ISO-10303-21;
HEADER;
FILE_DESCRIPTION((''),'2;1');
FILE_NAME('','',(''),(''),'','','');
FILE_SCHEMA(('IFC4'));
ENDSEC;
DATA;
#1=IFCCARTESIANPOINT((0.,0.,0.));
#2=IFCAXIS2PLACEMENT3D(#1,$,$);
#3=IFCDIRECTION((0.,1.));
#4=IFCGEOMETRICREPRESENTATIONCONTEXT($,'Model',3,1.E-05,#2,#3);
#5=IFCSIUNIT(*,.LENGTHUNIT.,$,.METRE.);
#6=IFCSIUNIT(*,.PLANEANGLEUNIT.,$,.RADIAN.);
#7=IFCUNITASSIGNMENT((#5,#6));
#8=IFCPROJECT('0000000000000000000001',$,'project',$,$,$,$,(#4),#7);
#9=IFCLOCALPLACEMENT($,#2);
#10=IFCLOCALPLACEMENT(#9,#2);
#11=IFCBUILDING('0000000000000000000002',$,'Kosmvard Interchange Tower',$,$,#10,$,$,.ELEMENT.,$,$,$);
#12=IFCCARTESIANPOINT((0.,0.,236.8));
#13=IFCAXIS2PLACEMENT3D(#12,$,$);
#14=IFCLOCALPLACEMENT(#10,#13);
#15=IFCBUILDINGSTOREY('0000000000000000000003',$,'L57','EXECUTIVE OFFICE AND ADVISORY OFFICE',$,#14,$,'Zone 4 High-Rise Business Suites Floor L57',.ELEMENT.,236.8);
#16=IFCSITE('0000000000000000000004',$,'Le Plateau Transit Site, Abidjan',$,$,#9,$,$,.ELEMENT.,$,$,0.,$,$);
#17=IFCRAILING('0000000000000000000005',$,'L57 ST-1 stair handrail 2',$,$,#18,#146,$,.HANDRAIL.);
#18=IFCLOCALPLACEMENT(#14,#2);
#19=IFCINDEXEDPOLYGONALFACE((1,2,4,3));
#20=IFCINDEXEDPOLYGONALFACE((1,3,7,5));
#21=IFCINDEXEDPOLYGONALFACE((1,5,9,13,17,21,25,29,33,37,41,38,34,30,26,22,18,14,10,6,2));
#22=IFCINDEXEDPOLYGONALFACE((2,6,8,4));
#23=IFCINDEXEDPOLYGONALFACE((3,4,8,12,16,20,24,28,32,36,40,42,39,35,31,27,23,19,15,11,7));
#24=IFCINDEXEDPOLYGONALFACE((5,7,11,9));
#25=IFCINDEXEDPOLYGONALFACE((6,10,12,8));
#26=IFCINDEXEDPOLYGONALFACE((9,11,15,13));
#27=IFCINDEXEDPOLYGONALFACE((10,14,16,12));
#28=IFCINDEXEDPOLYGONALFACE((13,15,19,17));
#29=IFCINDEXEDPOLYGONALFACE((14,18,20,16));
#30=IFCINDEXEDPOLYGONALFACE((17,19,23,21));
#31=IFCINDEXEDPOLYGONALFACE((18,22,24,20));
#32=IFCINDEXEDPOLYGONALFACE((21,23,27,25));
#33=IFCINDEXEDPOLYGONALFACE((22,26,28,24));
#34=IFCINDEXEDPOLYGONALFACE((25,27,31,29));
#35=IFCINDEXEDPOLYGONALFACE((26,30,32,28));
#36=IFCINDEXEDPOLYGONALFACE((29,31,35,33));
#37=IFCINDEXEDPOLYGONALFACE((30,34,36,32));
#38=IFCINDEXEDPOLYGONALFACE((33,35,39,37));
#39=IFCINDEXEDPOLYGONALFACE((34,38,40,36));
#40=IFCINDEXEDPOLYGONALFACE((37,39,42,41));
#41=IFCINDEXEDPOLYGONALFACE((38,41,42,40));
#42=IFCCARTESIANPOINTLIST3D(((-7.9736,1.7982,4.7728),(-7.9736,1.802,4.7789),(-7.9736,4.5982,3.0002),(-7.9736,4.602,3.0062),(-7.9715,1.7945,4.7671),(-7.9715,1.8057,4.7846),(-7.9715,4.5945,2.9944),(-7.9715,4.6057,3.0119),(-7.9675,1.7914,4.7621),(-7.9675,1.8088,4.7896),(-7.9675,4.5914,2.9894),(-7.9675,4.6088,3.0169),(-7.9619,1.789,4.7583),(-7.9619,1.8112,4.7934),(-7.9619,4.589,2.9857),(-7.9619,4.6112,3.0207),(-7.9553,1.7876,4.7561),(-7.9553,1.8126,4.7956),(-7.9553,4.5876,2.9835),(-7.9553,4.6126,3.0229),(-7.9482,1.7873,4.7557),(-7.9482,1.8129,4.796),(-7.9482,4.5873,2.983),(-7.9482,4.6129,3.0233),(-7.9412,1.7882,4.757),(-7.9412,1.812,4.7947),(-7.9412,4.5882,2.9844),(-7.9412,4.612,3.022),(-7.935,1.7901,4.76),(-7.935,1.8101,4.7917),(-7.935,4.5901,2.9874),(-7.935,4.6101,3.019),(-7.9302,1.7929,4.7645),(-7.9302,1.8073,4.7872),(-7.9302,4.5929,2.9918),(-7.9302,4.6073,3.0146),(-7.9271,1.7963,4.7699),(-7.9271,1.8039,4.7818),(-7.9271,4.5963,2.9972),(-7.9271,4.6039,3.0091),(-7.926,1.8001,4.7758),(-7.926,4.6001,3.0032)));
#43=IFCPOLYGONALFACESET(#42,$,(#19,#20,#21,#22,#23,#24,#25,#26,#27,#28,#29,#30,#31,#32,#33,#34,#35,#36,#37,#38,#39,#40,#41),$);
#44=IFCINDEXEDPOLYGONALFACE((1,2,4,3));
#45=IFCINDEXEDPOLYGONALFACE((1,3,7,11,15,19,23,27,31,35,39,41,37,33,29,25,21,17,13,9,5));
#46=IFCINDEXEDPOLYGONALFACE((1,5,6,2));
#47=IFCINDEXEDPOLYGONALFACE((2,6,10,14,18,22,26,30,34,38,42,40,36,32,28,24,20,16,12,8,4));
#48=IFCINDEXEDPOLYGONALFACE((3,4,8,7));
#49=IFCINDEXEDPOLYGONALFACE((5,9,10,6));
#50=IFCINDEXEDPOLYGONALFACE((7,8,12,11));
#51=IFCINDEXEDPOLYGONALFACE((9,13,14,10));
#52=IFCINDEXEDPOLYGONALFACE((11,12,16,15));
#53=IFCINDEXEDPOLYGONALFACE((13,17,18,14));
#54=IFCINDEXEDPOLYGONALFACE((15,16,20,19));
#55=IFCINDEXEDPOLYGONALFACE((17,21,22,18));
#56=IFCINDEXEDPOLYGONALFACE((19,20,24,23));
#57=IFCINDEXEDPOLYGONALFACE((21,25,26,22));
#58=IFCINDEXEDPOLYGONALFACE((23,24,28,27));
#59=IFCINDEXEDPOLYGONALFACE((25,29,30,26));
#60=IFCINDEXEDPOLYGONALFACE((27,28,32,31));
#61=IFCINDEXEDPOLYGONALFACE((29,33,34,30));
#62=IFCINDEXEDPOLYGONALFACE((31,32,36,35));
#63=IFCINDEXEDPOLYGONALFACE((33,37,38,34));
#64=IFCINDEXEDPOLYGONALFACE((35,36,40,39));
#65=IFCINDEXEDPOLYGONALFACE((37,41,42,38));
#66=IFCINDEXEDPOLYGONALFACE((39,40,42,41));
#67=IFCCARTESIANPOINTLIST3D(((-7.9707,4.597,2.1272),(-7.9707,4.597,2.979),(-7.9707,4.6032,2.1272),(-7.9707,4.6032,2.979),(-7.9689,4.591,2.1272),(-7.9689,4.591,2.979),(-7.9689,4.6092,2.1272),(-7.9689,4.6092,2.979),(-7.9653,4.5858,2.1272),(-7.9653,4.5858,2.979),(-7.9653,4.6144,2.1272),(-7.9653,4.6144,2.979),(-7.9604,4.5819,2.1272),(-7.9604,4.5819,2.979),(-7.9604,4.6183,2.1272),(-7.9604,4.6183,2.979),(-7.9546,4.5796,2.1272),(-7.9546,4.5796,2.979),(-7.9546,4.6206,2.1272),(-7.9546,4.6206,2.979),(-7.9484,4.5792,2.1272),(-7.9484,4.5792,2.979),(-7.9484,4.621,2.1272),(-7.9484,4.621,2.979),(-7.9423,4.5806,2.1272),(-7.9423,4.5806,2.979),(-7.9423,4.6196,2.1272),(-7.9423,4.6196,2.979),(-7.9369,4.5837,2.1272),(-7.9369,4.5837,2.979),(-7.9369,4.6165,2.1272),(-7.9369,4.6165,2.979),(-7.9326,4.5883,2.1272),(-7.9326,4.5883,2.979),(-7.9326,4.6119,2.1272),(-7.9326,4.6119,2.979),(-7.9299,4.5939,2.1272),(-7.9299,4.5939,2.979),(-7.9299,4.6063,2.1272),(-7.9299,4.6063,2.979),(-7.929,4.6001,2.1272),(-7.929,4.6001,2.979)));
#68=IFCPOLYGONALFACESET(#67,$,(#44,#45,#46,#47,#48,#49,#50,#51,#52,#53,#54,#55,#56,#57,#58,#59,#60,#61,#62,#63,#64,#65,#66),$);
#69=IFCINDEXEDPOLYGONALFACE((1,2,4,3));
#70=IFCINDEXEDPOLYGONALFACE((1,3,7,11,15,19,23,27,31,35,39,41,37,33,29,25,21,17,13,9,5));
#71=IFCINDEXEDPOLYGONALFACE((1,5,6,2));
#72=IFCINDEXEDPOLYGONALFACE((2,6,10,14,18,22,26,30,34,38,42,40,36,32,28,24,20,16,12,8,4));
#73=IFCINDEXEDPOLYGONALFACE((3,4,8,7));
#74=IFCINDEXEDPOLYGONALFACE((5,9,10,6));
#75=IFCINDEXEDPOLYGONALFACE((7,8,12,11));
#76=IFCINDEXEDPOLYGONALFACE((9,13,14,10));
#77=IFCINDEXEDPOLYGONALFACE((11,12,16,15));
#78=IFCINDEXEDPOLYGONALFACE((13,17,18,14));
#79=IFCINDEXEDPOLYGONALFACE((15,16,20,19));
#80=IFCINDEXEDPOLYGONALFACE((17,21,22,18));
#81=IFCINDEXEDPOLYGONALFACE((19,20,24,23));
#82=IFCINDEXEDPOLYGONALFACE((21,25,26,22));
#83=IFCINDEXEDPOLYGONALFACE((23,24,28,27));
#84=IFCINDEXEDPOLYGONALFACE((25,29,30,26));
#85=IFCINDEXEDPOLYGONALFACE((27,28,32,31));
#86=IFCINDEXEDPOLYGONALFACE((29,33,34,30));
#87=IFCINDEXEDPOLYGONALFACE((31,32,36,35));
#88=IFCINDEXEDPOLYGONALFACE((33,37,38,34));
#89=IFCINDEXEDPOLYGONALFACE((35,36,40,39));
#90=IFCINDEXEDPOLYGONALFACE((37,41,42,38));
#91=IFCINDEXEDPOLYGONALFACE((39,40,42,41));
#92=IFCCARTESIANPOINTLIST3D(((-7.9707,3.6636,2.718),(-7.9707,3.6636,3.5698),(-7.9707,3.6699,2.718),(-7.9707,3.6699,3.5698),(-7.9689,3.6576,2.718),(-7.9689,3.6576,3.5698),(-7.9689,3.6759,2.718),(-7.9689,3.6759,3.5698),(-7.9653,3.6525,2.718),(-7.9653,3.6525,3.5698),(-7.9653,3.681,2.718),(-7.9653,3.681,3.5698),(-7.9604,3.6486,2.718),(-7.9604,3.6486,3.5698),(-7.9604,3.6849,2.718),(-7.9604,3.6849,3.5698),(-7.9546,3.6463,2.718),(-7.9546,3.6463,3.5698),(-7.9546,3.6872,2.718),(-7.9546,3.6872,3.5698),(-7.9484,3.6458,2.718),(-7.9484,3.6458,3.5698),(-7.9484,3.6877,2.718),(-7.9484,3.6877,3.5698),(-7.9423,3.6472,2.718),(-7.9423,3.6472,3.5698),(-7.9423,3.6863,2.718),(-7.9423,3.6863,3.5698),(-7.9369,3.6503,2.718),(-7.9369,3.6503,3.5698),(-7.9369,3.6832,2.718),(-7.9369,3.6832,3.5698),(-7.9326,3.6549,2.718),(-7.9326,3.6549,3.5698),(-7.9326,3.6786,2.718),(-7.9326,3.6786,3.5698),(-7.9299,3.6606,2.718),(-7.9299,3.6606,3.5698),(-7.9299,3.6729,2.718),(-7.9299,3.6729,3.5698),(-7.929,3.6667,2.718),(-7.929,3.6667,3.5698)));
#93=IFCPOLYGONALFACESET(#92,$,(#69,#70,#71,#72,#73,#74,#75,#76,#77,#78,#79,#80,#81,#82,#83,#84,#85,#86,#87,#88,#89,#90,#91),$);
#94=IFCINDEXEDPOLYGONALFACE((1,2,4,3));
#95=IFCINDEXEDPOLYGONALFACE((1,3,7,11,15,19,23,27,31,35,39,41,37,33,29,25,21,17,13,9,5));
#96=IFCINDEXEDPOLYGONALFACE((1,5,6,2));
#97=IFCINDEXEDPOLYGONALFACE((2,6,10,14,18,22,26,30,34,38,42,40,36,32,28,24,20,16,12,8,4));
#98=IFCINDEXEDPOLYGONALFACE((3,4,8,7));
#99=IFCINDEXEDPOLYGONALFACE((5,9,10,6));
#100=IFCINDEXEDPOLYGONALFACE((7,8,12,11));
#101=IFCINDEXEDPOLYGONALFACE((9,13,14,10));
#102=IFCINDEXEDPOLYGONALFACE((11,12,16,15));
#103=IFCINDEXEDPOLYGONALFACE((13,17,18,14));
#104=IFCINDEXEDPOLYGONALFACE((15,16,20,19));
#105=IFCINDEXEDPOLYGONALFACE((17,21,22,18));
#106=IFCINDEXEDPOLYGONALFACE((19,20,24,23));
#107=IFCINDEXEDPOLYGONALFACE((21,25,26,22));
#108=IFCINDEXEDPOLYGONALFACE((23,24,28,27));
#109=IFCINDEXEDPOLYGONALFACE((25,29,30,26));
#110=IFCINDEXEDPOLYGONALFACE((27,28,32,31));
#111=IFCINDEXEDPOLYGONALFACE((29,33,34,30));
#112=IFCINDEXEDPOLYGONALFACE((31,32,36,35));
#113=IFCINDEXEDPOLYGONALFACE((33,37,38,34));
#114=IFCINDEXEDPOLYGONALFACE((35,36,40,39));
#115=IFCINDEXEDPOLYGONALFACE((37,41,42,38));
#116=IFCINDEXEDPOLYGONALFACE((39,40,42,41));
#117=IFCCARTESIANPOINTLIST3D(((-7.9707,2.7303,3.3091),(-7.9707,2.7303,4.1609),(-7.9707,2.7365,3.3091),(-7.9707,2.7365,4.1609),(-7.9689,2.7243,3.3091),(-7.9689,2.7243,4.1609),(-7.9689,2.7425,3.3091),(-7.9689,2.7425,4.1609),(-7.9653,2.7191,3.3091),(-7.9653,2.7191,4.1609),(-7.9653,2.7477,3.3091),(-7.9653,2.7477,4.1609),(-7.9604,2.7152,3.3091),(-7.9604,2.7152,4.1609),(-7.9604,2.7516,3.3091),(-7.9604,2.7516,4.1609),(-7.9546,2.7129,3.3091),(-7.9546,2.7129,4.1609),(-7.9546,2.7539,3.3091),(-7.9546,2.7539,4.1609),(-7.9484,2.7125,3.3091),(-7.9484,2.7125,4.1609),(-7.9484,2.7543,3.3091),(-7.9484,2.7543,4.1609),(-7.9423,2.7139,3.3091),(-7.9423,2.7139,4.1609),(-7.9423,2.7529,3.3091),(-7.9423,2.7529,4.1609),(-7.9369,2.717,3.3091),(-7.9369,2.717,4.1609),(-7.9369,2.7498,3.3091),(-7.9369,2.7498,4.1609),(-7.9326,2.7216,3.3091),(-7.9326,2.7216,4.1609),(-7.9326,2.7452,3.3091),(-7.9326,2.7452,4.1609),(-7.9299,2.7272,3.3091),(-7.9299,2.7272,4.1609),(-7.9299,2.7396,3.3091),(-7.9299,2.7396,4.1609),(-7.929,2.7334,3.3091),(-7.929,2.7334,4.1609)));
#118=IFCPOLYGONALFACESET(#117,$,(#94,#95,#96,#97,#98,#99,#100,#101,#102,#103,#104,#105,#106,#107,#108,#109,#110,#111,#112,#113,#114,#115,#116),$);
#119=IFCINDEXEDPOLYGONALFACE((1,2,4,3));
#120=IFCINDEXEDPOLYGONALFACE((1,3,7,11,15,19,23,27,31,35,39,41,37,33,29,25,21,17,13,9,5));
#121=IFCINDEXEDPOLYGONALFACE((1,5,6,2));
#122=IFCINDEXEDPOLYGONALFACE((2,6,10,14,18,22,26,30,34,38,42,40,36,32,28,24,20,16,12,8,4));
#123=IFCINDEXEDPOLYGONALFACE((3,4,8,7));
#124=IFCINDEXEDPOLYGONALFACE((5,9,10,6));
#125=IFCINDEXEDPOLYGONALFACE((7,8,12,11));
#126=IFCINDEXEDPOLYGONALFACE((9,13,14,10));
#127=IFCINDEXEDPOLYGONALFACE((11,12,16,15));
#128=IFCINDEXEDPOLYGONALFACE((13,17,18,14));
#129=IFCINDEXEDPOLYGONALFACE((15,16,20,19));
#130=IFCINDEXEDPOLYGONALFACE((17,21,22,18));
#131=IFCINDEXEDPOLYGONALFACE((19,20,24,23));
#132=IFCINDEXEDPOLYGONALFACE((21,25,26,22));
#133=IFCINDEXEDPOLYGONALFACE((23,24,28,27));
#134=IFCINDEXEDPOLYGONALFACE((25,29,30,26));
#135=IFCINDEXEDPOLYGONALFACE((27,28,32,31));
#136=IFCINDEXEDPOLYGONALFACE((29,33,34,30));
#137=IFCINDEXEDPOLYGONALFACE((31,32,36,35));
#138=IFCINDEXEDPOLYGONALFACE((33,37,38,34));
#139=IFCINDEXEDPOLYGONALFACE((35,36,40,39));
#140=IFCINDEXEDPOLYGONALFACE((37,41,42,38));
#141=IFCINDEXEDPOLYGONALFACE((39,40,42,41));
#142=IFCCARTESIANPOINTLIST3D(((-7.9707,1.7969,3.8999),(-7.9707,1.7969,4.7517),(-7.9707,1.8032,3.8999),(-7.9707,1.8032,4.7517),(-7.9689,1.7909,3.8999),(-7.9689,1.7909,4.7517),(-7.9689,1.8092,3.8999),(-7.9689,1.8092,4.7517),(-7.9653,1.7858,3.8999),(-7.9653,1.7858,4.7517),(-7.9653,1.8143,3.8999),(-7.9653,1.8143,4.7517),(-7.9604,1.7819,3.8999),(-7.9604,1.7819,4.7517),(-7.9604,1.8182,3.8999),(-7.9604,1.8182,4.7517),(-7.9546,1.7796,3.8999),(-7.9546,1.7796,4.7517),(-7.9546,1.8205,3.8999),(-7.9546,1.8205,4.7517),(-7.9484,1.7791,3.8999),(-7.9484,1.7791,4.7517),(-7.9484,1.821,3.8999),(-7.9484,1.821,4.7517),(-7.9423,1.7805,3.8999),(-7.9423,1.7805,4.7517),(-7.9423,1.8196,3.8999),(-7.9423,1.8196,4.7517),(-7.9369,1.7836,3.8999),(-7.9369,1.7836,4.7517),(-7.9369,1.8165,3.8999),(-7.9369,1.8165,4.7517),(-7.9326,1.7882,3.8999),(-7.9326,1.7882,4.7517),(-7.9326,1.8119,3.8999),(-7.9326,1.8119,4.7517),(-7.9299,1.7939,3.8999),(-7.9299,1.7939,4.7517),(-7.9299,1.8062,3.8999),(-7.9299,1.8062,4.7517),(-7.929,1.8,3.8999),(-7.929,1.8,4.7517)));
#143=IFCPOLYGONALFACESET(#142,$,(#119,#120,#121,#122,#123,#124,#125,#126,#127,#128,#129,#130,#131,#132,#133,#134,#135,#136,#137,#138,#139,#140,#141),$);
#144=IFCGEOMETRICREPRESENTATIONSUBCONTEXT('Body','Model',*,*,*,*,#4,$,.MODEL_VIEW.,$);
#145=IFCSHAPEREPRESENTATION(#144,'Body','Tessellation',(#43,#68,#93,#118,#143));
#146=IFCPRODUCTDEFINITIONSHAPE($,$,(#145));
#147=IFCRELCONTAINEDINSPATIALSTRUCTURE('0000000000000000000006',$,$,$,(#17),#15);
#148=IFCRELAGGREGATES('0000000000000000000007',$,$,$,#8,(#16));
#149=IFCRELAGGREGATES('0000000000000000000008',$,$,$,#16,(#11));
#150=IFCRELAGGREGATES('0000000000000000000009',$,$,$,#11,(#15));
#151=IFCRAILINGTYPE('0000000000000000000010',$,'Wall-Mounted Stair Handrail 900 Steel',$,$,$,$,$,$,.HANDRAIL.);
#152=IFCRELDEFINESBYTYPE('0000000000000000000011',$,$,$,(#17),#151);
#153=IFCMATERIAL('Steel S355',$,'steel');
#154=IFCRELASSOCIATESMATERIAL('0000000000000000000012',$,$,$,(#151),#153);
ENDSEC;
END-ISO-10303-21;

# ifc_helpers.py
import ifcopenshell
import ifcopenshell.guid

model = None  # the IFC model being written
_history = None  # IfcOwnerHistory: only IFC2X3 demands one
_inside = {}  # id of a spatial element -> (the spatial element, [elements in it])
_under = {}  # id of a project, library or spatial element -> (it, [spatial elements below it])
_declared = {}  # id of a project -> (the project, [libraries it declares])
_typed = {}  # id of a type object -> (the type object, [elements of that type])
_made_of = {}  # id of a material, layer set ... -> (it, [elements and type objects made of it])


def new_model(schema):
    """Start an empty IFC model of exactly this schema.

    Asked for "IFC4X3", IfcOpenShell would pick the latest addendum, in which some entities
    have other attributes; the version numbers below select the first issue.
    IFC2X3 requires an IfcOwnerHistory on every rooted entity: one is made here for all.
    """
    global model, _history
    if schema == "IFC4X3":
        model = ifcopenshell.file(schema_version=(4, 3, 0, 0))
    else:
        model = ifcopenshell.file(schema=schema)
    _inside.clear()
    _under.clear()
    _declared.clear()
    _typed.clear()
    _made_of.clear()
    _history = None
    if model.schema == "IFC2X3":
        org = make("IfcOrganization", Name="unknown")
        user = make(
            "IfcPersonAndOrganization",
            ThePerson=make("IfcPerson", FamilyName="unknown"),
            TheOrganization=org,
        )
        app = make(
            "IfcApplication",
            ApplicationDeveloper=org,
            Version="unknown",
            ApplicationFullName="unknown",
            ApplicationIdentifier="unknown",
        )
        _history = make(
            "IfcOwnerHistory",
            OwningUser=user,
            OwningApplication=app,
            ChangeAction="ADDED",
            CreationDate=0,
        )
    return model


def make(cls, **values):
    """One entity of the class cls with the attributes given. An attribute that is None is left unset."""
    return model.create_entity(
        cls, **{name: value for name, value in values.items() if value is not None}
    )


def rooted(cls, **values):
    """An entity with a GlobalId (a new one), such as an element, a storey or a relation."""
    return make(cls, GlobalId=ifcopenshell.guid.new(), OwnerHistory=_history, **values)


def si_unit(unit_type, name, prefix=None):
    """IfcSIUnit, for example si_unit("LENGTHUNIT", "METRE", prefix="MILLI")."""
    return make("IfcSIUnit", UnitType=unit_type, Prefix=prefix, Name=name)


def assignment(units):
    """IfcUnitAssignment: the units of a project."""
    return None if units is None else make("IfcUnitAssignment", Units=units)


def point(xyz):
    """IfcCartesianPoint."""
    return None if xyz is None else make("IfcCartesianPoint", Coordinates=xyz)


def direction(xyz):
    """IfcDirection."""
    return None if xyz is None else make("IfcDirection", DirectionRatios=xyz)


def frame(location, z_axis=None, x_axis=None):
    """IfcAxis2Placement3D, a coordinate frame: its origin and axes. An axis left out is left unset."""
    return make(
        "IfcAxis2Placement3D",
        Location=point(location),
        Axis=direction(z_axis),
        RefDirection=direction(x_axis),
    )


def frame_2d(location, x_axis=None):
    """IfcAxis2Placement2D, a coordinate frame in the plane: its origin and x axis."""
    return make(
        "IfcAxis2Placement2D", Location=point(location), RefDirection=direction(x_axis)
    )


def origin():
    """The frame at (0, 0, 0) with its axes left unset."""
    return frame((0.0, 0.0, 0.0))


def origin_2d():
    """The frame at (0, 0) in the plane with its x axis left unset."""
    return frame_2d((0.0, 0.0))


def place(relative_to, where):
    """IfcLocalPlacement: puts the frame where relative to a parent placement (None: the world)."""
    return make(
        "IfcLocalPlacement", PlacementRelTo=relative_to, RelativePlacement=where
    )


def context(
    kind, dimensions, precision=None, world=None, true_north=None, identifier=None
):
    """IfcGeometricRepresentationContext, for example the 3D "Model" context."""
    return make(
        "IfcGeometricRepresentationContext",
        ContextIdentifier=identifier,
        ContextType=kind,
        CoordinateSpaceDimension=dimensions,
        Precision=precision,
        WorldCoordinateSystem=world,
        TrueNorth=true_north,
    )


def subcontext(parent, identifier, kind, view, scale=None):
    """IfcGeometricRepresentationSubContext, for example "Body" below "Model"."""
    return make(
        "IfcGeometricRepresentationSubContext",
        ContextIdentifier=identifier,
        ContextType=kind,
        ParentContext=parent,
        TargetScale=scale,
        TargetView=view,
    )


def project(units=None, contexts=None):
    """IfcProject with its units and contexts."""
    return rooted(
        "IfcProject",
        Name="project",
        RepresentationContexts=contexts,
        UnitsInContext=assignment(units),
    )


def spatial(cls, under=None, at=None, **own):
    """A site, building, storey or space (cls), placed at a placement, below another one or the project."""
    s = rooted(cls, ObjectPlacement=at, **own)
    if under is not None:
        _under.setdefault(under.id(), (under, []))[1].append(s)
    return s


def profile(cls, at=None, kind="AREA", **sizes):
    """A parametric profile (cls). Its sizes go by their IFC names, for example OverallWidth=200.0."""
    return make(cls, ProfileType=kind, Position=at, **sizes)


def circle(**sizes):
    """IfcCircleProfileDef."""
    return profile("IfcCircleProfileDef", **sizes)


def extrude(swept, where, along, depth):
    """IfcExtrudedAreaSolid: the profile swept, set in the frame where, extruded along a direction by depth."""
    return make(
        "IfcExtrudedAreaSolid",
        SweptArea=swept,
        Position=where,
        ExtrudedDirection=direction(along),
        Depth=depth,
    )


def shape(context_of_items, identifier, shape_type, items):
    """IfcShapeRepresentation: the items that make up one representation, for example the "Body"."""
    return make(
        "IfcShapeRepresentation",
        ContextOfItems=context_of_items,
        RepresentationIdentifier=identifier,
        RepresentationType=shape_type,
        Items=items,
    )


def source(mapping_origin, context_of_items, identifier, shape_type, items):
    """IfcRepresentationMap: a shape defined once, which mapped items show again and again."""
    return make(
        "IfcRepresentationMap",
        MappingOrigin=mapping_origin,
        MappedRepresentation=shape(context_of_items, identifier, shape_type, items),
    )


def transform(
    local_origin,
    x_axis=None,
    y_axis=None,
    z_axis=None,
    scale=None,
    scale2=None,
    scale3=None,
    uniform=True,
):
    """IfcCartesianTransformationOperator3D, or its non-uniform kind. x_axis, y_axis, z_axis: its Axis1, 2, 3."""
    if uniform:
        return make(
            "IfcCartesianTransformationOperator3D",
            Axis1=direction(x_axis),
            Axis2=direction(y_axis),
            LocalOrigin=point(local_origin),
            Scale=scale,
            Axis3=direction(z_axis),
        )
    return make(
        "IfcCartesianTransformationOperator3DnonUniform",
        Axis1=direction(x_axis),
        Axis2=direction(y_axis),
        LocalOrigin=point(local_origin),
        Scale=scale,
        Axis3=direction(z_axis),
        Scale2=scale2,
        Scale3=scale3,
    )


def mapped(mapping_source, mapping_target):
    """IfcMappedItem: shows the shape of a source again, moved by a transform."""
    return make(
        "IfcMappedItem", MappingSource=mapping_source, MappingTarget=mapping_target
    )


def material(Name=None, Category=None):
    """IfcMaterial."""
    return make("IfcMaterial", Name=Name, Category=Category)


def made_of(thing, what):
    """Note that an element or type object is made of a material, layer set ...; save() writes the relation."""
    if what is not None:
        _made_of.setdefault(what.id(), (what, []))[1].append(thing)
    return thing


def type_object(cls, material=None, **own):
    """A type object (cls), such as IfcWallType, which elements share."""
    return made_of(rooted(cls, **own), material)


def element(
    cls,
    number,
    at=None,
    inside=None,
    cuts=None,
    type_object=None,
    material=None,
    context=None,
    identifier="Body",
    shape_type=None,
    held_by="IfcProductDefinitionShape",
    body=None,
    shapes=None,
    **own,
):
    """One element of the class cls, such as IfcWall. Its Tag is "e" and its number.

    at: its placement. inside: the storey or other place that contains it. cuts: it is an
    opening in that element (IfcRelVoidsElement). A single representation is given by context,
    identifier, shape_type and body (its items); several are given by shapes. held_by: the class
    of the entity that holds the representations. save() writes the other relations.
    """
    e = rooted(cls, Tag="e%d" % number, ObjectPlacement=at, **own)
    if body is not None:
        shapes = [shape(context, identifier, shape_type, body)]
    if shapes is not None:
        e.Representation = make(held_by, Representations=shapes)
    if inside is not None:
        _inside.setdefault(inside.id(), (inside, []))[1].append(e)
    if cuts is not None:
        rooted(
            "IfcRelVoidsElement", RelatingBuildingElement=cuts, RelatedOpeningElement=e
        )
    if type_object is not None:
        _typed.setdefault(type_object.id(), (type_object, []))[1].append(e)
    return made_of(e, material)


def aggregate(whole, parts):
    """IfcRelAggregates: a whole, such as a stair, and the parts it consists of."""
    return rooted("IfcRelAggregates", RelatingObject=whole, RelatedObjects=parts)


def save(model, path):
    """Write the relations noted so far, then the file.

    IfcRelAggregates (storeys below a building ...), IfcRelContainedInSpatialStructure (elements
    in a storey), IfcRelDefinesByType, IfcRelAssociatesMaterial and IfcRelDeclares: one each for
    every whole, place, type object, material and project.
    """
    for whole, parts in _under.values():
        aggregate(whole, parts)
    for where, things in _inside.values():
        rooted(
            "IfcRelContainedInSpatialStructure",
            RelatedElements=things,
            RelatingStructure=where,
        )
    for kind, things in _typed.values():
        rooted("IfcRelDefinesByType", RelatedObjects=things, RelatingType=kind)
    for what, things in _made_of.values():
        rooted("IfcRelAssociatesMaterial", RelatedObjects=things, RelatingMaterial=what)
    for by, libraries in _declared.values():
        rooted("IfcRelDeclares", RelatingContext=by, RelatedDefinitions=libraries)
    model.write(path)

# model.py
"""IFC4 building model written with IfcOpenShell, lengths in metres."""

from ifc_helpers import new_model, si_unit, direction, frame, origin, origin_2d, place, context, subcontext, project, spatial, circle, extrude, source, transform, mapped, material, type_object, element, save


model = new_model("IFC4")

# Units and contexts
model_context = context("Model", 3, precision=1e-05, world=origin(), true_north=direction((0.0, 1.0)))
body_context = subcontext(model_context, "Body", "Model", "MODEL_VIEW")
ifc_project = project(units=[si_unit("LENGTHUNIT", "METRE"), si_unit("PLANEANGLEUNIT", "RADIAN")], contexts=[model_context])

# Site, building, storey
site_placement = place(None, origin())
site = spatial("IfcSite", under=ifc_project, at=site_placement, Name="Le Plateau Transit Site, Abidjan", CompositionType="ELEMENT", RefElevation=0.0)
building_placement = place(site_placement, origin())
building = spatial("IfcBuilding", under=site, at=building_placement, Name="Kosmvard Interchange Tower", CompositionType="ELEMENT")
storey_placement = place(building_placement, frame((0.0, 0.0, 236.8)))
storey = spatial("IfcBuildingStorey", under=building, at=storey_placement, Name="L57", Description="EXECUTIVE OFFICE AND ADVISORY OFFICE", LongName="Zone 4 High-Rise Business Suites Floor L57", CompositionType="ELEMENT", Elevation=236.8)

# Shared definitions
ifc_material_1 = material(Name="Steel S355", Category="steel")

# Railing
railing_type_1 = type_object("IfcRailingType", Name="Wall-Mounted Stair Handrail 900 Steel", PredefinedType="HANDRAIL", material=ifc_material_1)
shared_shape_1 = source(origin(), body_context, "Body", "SweptSolid", [
    extrude(circle(Radius=0.0239, at=origin_2d()), frame((0.0, 0.0, 0.876), z_axis=(0.0, -0.844909, 0.53491), x_axis=(1.0, 0.0, 0.0)), (0.0, 0.0, 1.0), 3.314),
    extrude(circle(Radius=0.021, at=origin_2d()), origin(), (0.0, 0.0, 1.0), 0.8518),
    extrude(circle(Radius=0.021, at=origin_2d()), frame((0.0, -0.9333, 0.5908)), (0.0, 0.0, 1.0), 0.8518),
    extrude(circle(Radius=0.021, at=origin_2d()), frame((0.0, -1.8667, 1.1819)), (0.0, 0.0, 1.0), 0.8518),
    extrude(circle(Radius=0.021, at=origin_2d()), frame((0.0, -2.8, 1.7727)), (0.0, 0.0, 1.0), 0.8518),
])
railing_1_placement = place(storey_placement, frame((-7.95, 4.6001, 2.1272)))
element("IfcRailing", 1, at=railing_1_placement, inside=storey, type_object=railing_type_1, Name="L57 ST-1 stair handrail 2", PredefinedType="HANDRAIL", context=body_context, shape_type="MappedRepresentation", body=[
    mapped(shared_shape_1, transform((0.0, 0.0, 0.0), scale=1.0)),
])

save(model, "model.ifc")
